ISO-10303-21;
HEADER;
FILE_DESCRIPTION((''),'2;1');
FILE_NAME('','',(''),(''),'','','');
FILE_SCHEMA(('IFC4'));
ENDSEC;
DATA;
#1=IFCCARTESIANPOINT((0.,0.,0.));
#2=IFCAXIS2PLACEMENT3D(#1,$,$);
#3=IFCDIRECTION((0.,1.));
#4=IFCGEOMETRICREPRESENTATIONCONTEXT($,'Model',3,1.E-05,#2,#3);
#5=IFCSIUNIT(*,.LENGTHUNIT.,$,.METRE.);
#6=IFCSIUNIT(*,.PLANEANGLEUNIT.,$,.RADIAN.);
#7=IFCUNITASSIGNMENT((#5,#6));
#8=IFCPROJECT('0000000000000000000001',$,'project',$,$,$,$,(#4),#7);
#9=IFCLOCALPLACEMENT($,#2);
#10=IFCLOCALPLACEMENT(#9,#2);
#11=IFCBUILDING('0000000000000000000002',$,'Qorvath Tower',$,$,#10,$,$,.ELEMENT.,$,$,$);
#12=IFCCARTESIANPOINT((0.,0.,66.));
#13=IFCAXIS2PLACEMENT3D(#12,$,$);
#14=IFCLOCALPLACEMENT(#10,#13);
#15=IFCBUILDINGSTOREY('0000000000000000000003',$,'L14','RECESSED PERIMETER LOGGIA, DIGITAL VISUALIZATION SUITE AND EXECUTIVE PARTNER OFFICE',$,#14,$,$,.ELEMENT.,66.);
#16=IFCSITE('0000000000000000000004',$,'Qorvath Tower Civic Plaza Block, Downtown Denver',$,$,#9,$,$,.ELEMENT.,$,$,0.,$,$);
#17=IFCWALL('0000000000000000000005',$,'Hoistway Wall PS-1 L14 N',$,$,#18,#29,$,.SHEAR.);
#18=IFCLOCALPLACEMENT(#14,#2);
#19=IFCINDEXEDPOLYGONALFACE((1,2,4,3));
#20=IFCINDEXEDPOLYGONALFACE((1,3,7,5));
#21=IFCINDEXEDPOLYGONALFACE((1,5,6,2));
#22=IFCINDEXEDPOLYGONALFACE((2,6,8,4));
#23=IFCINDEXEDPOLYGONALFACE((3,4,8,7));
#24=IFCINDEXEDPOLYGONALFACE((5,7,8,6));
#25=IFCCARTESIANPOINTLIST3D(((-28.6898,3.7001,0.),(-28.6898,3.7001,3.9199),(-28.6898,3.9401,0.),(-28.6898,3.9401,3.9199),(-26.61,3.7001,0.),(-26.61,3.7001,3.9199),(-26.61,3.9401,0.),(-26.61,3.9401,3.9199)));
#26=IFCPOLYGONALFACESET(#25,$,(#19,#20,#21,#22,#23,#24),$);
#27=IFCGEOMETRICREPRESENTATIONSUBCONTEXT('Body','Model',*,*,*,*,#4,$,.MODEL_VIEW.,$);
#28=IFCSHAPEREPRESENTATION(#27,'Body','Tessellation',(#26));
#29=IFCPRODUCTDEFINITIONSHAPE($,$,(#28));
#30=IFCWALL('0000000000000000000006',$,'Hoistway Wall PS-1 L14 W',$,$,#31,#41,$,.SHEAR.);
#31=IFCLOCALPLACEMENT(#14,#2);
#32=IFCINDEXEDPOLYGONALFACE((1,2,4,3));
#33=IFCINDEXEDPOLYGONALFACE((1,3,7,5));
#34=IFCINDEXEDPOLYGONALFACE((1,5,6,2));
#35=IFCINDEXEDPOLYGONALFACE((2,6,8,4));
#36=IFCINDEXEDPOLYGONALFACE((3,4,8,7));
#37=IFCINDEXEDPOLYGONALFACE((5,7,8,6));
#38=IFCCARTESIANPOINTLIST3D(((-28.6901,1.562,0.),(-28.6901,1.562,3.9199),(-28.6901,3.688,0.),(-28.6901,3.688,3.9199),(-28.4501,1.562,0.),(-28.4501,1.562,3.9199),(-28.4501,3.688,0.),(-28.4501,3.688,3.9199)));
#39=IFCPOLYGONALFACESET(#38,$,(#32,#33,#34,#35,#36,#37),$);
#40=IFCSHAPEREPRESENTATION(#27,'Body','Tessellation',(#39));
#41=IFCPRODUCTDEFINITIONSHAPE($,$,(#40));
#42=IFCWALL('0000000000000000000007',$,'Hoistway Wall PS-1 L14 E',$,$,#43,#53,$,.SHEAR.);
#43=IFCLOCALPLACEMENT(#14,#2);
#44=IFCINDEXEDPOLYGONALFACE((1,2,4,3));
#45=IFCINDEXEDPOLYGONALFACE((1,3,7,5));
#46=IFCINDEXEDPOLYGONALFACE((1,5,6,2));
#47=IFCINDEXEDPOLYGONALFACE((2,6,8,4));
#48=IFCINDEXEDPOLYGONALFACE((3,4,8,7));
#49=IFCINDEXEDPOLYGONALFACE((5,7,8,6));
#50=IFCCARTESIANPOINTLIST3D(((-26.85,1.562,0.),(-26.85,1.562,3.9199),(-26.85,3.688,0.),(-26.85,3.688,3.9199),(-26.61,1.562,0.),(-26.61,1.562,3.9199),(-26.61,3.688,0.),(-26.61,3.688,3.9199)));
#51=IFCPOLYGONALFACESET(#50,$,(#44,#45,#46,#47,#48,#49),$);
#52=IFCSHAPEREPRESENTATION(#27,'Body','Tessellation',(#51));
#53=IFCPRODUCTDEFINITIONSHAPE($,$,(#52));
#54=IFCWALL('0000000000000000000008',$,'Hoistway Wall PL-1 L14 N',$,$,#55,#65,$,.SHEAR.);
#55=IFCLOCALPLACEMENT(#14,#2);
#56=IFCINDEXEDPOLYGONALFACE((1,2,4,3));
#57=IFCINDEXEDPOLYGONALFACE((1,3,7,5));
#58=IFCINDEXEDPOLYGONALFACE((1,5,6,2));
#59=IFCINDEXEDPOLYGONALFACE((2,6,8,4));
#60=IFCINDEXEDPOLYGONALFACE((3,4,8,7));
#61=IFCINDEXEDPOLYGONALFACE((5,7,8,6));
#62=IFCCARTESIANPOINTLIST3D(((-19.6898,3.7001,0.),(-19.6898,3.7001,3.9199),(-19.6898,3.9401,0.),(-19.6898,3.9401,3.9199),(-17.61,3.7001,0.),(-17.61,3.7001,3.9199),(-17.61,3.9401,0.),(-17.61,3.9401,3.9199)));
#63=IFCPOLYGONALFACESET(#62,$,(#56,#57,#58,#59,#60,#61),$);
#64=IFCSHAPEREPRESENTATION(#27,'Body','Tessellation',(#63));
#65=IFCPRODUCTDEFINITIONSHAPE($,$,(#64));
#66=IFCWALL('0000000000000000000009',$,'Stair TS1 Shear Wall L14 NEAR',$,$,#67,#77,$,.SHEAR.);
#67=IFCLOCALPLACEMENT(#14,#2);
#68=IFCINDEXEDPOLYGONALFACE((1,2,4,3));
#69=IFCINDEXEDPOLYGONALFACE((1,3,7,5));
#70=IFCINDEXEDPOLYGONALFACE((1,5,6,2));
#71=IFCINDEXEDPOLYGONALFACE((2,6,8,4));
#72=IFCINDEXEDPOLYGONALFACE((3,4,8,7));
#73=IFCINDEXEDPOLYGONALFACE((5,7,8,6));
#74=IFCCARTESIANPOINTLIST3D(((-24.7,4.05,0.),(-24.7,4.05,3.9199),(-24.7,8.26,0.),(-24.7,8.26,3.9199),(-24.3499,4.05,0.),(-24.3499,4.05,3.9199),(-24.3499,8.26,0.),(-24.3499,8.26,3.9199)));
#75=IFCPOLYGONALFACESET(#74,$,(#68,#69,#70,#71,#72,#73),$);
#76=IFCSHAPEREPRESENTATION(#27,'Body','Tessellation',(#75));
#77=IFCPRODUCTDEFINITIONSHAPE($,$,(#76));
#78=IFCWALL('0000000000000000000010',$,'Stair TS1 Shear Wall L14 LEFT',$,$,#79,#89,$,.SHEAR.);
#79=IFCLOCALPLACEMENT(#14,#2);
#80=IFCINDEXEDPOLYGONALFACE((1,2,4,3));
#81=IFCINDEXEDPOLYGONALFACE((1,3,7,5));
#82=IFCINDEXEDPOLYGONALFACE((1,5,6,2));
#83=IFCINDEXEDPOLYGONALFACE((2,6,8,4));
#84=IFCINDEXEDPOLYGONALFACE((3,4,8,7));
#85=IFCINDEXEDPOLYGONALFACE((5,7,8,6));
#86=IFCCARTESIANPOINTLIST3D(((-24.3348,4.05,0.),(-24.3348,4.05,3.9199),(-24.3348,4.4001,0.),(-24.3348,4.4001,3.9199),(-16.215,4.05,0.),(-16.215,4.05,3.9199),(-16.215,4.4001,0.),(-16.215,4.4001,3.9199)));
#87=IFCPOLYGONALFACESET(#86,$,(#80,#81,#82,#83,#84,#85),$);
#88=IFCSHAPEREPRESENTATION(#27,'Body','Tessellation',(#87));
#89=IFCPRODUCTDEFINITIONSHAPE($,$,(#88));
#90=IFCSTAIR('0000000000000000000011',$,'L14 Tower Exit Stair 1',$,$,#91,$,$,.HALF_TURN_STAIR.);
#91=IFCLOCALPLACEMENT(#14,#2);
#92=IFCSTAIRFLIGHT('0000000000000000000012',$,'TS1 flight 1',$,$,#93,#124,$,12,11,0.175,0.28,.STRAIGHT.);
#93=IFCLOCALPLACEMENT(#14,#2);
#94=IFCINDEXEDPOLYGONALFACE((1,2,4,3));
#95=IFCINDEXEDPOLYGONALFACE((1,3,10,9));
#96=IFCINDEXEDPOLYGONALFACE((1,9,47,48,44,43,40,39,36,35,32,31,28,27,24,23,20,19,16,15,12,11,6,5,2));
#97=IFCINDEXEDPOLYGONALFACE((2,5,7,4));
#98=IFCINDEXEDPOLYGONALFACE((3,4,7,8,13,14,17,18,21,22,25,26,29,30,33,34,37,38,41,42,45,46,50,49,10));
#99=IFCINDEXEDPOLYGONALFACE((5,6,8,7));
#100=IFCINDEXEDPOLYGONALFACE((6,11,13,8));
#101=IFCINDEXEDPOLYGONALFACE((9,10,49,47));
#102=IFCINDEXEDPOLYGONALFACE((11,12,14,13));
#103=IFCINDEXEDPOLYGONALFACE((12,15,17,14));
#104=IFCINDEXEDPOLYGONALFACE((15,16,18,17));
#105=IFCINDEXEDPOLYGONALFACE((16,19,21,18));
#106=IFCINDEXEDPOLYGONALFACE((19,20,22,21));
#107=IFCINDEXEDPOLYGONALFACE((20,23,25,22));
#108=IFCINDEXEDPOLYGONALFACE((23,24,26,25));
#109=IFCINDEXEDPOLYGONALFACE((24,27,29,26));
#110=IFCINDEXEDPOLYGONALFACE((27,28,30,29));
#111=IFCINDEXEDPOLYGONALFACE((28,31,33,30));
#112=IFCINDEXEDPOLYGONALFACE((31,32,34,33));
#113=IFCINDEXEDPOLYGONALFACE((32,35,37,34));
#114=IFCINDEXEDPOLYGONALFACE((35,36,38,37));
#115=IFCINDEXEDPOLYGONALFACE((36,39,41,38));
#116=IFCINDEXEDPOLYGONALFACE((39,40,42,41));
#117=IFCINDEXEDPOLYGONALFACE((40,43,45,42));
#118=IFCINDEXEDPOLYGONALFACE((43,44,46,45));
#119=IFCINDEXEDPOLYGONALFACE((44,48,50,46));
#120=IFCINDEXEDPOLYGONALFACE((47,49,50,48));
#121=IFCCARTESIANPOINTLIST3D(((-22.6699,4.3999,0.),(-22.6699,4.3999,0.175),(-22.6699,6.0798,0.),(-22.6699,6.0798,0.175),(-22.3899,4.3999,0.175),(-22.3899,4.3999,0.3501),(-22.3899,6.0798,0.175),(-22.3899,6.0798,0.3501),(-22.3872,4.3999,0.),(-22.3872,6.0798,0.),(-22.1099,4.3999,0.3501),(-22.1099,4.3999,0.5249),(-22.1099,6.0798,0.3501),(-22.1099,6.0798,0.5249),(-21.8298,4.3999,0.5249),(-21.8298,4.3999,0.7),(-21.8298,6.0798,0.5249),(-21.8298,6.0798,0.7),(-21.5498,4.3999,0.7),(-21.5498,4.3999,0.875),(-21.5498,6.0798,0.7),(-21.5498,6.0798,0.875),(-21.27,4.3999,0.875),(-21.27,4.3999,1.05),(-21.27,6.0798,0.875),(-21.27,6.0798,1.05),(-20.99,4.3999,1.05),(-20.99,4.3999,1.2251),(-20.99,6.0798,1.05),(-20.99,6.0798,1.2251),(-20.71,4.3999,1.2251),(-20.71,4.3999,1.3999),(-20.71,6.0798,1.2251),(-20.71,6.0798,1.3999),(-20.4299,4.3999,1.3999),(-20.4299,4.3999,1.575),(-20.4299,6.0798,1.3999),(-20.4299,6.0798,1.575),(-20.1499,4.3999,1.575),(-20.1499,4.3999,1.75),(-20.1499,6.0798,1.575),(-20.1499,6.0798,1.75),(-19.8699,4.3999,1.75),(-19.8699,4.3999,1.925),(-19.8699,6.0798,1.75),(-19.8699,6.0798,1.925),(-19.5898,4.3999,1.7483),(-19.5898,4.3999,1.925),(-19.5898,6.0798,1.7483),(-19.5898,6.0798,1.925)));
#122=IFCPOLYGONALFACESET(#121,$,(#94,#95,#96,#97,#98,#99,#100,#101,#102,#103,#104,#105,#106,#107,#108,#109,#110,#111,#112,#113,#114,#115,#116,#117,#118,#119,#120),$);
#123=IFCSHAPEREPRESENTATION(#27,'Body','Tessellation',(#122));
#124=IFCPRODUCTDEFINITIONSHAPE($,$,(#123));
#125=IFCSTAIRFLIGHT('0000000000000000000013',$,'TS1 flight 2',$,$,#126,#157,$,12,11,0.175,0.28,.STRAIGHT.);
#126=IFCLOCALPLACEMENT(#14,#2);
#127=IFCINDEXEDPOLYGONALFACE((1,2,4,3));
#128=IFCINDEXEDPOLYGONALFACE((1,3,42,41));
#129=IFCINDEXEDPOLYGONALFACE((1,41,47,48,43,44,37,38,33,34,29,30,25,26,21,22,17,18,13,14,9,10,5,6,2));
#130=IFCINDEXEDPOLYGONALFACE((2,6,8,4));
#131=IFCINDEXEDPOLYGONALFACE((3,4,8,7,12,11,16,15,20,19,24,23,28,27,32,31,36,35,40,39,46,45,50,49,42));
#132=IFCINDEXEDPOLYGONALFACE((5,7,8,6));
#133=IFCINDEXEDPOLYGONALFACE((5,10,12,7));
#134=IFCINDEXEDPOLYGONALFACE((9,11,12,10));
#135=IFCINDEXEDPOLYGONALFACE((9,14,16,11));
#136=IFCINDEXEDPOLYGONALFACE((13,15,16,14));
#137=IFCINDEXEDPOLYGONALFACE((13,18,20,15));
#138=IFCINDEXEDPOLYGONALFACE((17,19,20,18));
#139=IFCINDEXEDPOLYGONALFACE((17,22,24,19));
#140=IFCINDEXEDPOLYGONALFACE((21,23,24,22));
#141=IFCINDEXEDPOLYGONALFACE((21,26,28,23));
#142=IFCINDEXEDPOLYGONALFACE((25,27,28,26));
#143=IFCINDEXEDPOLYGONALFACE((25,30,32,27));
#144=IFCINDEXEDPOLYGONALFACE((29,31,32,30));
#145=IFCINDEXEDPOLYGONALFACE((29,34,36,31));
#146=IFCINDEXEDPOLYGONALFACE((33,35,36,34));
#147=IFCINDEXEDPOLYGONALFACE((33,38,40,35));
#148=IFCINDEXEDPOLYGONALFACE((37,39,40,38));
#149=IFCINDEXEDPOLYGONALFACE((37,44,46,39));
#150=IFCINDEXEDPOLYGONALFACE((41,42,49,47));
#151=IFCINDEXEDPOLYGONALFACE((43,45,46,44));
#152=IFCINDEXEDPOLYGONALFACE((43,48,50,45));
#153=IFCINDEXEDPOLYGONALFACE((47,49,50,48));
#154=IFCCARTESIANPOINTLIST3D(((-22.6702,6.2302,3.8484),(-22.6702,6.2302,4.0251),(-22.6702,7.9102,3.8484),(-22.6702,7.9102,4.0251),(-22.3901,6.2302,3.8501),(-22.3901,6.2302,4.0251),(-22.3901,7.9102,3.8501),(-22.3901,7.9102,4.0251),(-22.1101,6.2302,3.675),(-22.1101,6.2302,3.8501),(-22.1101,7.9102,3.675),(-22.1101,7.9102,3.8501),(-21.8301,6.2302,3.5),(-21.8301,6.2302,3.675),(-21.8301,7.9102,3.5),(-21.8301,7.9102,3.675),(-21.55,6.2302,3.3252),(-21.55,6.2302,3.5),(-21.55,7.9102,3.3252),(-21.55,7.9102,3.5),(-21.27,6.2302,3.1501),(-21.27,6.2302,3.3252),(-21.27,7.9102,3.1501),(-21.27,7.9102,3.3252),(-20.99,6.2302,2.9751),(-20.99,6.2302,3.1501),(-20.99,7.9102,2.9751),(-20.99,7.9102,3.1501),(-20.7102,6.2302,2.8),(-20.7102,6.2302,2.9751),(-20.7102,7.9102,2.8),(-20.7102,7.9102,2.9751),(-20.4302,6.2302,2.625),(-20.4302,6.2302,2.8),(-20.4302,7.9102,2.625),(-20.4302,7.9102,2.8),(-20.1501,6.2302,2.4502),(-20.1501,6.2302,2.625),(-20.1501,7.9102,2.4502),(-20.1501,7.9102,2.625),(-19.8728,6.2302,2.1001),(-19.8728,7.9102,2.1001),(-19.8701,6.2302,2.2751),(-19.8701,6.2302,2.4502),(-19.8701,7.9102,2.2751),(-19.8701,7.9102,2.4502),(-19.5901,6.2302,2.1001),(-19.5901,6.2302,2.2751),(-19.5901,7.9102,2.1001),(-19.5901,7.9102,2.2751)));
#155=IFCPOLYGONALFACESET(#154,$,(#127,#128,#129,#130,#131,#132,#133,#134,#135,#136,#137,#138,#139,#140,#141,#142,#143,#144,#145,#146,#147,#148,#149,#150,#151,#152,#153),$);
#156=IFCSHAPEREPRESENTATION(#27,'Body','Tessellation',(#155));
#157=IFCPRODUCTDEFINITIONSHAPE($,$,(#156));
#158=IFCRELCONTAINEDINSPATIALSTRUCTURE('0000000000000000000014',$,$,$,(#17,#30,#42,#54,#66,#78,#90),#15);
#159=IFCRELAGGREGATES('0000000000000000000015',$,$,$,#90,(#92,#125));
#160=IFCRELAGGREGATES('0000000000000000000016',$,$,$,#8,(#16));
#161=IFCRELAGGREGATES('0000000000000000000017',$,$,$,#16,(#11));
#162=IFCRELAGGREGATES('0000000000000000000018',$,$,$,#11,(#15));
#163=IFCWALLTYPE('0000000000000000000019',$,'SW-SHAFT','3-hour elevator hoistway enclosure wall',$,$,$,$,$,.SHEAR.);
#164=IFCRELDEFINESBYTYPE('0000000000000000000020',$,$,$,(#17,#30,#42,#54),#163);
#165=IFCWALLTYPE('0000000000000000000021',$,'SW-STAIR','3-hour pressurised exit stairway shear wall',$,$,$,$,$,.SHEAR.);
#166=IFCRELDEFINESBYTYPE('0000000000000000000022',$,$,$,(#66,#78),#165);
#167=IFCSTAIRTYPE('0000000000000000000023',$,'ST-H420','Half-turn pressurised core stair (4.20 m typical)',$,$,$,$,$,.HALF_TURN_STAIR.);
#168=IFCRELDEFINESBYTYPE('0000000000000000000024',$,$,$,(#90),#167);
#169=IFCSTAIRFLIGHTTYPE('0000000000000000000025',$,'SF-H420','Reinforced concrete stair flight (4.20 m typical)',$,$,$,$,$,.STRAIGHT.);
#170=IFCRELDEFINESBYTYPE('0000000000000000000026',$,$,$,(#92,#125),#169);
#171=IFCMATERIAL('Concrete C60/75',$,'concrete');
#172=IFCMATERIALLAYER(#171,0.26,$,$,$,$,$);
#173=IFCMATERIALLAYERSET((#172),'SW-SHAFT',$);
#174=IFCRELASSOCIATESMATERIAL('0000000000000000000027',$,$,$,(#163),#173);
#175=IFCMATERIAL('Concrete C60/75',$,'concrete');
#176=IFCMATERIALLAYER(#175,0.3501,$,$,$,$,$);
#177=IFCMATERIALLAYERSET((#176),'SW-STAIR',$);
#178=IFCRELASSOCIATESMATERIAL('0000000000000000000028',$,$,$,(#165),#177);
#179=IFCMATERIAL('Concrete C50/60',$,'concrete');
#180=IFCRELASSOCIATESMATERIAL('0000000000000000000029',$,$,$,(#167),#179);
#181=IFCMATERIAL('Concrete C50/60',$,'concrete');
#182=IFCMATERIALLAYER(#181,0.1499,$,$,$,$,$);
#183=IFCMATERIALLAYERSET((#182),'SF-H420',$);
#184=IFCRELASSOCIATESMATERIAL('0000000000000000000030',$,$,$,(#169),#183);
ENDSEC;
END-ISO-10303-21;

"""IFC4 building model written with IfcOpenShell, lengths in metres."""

from ifc_helpers import new_model, si_unit, direction, frame, frame_2d, origin, place, context, subcontext, project, spatial, polyline, rectangle, outline, extrude, material, layer, layer_set, type_object, element, aggregate, save


model = new_model("IFC4")

# Units and contexts
model_context = context("Model", 3, precision=1e-05, world=origin(), true_north=direction((0.0, 1.0)))
body_context = subcontext(model_context, "Body", "Model", "MODEL_VIEW")
ifc_project = project(units=[si_unit("LENGTHUNIT", "METRE"), si_unit("PLANEANGLEUNIT", "RADIAN")], contexts=[model_context])

# Site, building, storey
site_placement = place(None, origin())
site = spatial("IfcSite", under=ifc_project, at=site_placement, Name="Qorvath Tower Civic Plaza Block, Downtown Denver", CompositionType="ELEMENT", RefElevation=0.0)
building_placement = place(site_placement, origin())
building = spatial("IfcBuilding", under=site, at=building_placement, Name="Qorvath Tower", CompositionType="ELEMENT")
storey_placement = place(building_placement, frame((0.0, 0.0, 66.0)))
storey = spatial("IfcBuildingStorey", under=building, at=storey_placement, Name="L14", Description="RECESSED PERIMETER LOGGIA, DIGITAL VISUALIZATION SUITE AND EXECUTIVE PARTNER OFFICE", CompositionType="ELEMENT", Elevation=66.0)

# Shared definitions
ifc_material_1 = material(Name="Concrete C60/75", Category="concrete")
ifc_layer_1 = layer(ifc_material_1, 0.26)
ifc_layer_set_1 = layer_set([ifc_layer_1], Name="SW-SHAFT")
wall_type_1 = type_object("IfcWallType", Name="SW-SHAFT", Description="3-hour elevator hoistway enclosure wall", PredefinedType="SHEAR", material=ifc_layer_set_1)

# Walls
for number, where, z_axis, x_axis, name in (
    (1, (-28.6899, 3.8201, 0.0), (0.0, 0.0, 1.0), (1.0, 0.0, 0.0), "Hoistway Wall PS-1 L14 N"),
):
    element("IfcWall", number, at=place(storey_placement, frame(where, z_axis=z_axis, x_axis=x_axis)), inside=storey, type_object=wall_type_1, Name=name, PredefinedType="SHEAR", context=body_context, shape_type="SweptSolid", body=[
        extrude(rectangle(XDim=2.0798, YDim=0.24, at=frame_2d((1.04, 0.0))), origin(), (0.0, 0.0, 1.0), 3.9199),
    ])
for number, where, z_axis, x_axis, name in (
    (2, (-28.5701, 1.562, 0.0), (0.0, 0.0, 1.0), (0.0, 1.0, 0.0), "Hoistway Wall PS-1 L14 W"),
    (3, (-26.73, 3.688, 0.0), (0.0, 0.0, 1.0), (0.0, -1.0, 0.0), "Hoistway Wall PS-1 L14 E"),
):
    element("IfcWall", number, at=place(storey_placement, frame(where, z_axis=z_axis, x_axis=x_axis)), inside=storey, type_object=wall_type_1, Name=name, PredefinedType="SHEAR", context=body_context, shape_type="SweptSolid", body=[
        extrude(rectangle(XDim=2.126, YDim=0.24, at=frame_2d((1.063, 0.0))), origin(), (0.0, 0.0, 1.0), 3.9199),
    ])
wall_1_placement = place(storey_placement, frame((-19.6899, 3.8201, 0.0), z_axis=(0.0, 0.0, 1.0), x_axis=(1.0, 0.0, 0.0)))
element("IfcWall", 4, at=wall_1_placement, inside=storey, type_object=wall_type_1, Name="Hoistway Wall PL-1 L14 N", PredefinedType="SHEAR", context=body_context, shape_type="SweptSolid", body=[
    extrude(rectangle(XDim=2.0798, YDim=0.24, at=frame_2d((1.04, 0.0))), origin(), (0.0, 0.0, 1.0), 3.9199),
])
ifc_material_2 = material(Name="Concrete C60/75", Category="concrete")
ifc_layer_2 = layer(ifc_material_2, 0.3501)
ifc_layer_set_2 = layer_set([ifc_layer_2], Name="SW-STAIR")
wall_type_2 = type_object("IfcWallType", Name="SW-STAIR", Description="3-hour pressurised exit stairway shear wall", PredefinedType="SHEAR", material=ifc_layer_set_2)
wall_2_placement = place(storey_placement, frame((-24.5249, 8.26, 0.0), z_axis=(0.0, 0.0, 1.0), x_axis=(0.0, -1.0, 0.0)))
element("IfcWall", 5, at=wall_2_placement, inside=storey, type_object=wall_type_2, Name="Stair TS1 Shear Wall L14 NEAR", PredefinedType="SHEAR", context=body_context, shape_type="SweptSolid", body=[
    extrude(rectangle(XDim=4.21, YDim=0.3501, at=frame_2d((2.105, 0.0))), origin(), (0.0, 0.0, 1.0), 3.9199),
])
wall_3_placement = place(storey_placement, frame((-24.335, 4.2251, 0.0), z_axis=(0.0, 0.0, 1.0), x_axis=(1.0, 0.0, 0.0)))
element("IfcWall", 6, at=wall_3_placement, inside=storey, type_object=wall_type_2, Name="Stair TS1 Shear Wall L14 LEFT", PredefinedType="SHEAR", context=body_context, shape_type="SweptSolid", body=[
    extrude(rectangle(XDim=8.1199, YDim=0.3501, at=frame_2d((4.0601, 0.0))), origin(), (0.0, 0.0, 1.0), 3.9199),
])

# Stair, stair flights
ifc_material_3 = material(Name="Concrete C50/60", Category="concrete")
stair_type = type_object("IfcStairType", Name="ST-H420", Description="Half-turn pressurised core stair (4.20 m typical)", PredefinedType="HALF_TURN_STAIR", material=ifc_material_3)
stair_placement = place(storey_placement, origin())
stair = element("IfcStair", 7, at=stair_placement, inside=storey, type_object=stair_type, Name="L14 Tower Exit Stair 1", PredefinedType="HALF_TURN_STAIR")
ifc_material_4 = material(Name="Concrete C50/60", Category="concrete")
ifc_layer_3 = layer(ifc_material_4, 0.1499)
ifc_layer_set_3 = layer_set([ifc_layer_3], Name="SF-H420")
stair_flight_type = type_object("IfcStairFlightType", Name="SF-H420", Description="Reinforced concrete stair flight (4.20 m typical)", PredefinedType="STRAIGHT", material=ifc_layer_set_3)
stair_flight_1_placement = place(storey_placement, frame((-22.6699, 5.24, 0.0), z_axis=(0.0, 0.0, 1.0), x_axis=(1.0, 0.0, 0.0)))
stair_flight_1 = element("IfcStairFlight", 8, at=stair_flight_1_placement, type_object=stair_flight_type, Name="TS1 flight 1", NumberOfRisers=12, NumberOfTreads=11, PredefinedType="STRAIGHT", RiserHeight=0.175, TreadLength=0.28, context=body_context, shape_type="SweptSolid", body=[
    extrude(outline(polyline([(0.0, 0.0), (0.0, 0.175), (0.28, 0.175), (0.28, 0.3501), (0.5601, 0.3501), (0.5601, 0.5249), (0.8401, 0.5249), (0.8401, 0.7), (1.1201, 0.7), (1.1201, 0.875), (1.3999, 0.875), (1.3999, 1.05), (1.6799, 1.05), (1.6799, 1.2251), (1.96, 1.2251), (1.96, 1.3999), (2.24, 1.3999), (2.24, 1.575), (2.52, 1.575), (2.52, 1.75), (2.8, 1.75), (2.8, 1.925), (3.0801, 1.925), (3.0801, 2.1001), (3.0801, 1.7483), (0.2827, 0.0), (0.0, 0.0)])), frame((0.0, 0.8398, 0.0), z_axis=(0.0, -1.0, 0.0), x_axis=(1.0, 0.0, 0.0)), (0.0, 0.0, 1.0), 1.6799),
])
stair_flight_2_placement = place(storey_placement, frame((-19.5901, 7.0701, 2.1001), z_axis=(0.0, 0.0, 1.0), x_axis=(-1.0, 0.0, 0.0)))
stair_flight_2 = element("IfcStairFlight", 9, at=stair_flight_2_placement, type_object=stair_flight_type, Name="TS1 flight 2", NumberOfRisers=12, NumberOfTreads=11, PredefinedType="STRAIGHT", RiserHeight=0.175, TreadLength=0.28, context=body_context, shape_type="SweptSolid", body=[
    extrude(outline(polyline([(0.0, 0.0), (0.0, 0.175), (0.28, 0.175), (0.28, 0.3501), (0.5601, 0.3501), (0.5601, 0.5249), (0.8401, 0.5249), (0.8401, 0.7), (1.1201, 0.7), (1.1201, 0.875), (1.3999, 0.875), (1.3999, 1.05), (1.6799, 1.05), (1.6799, 1.2251), (1.96, 1.2251), (1.96, 1.3999), (2.24, 1.3999), (2.24, 1.575), (2.52, 1.575), (2.52, 1.75), (2.8, 1.75), (2.8, 1.925), (3.0801, 1.925), (3.0801, 2.1001), (3.0801, 1.7483), (0.2827, 0.0), (0.0, 0.0)])), frame((0.0, 0.8398, 0.0), z_axis=(0.0, -1.0, 0.0), x_axis=(1.0, 0.0, 0.0)), (0.0, 0.0, 1.0), 1.6799),
])
aggregate(stair, [stair_flight_1, stair_flight_2])

save(model, "model.ifc")
